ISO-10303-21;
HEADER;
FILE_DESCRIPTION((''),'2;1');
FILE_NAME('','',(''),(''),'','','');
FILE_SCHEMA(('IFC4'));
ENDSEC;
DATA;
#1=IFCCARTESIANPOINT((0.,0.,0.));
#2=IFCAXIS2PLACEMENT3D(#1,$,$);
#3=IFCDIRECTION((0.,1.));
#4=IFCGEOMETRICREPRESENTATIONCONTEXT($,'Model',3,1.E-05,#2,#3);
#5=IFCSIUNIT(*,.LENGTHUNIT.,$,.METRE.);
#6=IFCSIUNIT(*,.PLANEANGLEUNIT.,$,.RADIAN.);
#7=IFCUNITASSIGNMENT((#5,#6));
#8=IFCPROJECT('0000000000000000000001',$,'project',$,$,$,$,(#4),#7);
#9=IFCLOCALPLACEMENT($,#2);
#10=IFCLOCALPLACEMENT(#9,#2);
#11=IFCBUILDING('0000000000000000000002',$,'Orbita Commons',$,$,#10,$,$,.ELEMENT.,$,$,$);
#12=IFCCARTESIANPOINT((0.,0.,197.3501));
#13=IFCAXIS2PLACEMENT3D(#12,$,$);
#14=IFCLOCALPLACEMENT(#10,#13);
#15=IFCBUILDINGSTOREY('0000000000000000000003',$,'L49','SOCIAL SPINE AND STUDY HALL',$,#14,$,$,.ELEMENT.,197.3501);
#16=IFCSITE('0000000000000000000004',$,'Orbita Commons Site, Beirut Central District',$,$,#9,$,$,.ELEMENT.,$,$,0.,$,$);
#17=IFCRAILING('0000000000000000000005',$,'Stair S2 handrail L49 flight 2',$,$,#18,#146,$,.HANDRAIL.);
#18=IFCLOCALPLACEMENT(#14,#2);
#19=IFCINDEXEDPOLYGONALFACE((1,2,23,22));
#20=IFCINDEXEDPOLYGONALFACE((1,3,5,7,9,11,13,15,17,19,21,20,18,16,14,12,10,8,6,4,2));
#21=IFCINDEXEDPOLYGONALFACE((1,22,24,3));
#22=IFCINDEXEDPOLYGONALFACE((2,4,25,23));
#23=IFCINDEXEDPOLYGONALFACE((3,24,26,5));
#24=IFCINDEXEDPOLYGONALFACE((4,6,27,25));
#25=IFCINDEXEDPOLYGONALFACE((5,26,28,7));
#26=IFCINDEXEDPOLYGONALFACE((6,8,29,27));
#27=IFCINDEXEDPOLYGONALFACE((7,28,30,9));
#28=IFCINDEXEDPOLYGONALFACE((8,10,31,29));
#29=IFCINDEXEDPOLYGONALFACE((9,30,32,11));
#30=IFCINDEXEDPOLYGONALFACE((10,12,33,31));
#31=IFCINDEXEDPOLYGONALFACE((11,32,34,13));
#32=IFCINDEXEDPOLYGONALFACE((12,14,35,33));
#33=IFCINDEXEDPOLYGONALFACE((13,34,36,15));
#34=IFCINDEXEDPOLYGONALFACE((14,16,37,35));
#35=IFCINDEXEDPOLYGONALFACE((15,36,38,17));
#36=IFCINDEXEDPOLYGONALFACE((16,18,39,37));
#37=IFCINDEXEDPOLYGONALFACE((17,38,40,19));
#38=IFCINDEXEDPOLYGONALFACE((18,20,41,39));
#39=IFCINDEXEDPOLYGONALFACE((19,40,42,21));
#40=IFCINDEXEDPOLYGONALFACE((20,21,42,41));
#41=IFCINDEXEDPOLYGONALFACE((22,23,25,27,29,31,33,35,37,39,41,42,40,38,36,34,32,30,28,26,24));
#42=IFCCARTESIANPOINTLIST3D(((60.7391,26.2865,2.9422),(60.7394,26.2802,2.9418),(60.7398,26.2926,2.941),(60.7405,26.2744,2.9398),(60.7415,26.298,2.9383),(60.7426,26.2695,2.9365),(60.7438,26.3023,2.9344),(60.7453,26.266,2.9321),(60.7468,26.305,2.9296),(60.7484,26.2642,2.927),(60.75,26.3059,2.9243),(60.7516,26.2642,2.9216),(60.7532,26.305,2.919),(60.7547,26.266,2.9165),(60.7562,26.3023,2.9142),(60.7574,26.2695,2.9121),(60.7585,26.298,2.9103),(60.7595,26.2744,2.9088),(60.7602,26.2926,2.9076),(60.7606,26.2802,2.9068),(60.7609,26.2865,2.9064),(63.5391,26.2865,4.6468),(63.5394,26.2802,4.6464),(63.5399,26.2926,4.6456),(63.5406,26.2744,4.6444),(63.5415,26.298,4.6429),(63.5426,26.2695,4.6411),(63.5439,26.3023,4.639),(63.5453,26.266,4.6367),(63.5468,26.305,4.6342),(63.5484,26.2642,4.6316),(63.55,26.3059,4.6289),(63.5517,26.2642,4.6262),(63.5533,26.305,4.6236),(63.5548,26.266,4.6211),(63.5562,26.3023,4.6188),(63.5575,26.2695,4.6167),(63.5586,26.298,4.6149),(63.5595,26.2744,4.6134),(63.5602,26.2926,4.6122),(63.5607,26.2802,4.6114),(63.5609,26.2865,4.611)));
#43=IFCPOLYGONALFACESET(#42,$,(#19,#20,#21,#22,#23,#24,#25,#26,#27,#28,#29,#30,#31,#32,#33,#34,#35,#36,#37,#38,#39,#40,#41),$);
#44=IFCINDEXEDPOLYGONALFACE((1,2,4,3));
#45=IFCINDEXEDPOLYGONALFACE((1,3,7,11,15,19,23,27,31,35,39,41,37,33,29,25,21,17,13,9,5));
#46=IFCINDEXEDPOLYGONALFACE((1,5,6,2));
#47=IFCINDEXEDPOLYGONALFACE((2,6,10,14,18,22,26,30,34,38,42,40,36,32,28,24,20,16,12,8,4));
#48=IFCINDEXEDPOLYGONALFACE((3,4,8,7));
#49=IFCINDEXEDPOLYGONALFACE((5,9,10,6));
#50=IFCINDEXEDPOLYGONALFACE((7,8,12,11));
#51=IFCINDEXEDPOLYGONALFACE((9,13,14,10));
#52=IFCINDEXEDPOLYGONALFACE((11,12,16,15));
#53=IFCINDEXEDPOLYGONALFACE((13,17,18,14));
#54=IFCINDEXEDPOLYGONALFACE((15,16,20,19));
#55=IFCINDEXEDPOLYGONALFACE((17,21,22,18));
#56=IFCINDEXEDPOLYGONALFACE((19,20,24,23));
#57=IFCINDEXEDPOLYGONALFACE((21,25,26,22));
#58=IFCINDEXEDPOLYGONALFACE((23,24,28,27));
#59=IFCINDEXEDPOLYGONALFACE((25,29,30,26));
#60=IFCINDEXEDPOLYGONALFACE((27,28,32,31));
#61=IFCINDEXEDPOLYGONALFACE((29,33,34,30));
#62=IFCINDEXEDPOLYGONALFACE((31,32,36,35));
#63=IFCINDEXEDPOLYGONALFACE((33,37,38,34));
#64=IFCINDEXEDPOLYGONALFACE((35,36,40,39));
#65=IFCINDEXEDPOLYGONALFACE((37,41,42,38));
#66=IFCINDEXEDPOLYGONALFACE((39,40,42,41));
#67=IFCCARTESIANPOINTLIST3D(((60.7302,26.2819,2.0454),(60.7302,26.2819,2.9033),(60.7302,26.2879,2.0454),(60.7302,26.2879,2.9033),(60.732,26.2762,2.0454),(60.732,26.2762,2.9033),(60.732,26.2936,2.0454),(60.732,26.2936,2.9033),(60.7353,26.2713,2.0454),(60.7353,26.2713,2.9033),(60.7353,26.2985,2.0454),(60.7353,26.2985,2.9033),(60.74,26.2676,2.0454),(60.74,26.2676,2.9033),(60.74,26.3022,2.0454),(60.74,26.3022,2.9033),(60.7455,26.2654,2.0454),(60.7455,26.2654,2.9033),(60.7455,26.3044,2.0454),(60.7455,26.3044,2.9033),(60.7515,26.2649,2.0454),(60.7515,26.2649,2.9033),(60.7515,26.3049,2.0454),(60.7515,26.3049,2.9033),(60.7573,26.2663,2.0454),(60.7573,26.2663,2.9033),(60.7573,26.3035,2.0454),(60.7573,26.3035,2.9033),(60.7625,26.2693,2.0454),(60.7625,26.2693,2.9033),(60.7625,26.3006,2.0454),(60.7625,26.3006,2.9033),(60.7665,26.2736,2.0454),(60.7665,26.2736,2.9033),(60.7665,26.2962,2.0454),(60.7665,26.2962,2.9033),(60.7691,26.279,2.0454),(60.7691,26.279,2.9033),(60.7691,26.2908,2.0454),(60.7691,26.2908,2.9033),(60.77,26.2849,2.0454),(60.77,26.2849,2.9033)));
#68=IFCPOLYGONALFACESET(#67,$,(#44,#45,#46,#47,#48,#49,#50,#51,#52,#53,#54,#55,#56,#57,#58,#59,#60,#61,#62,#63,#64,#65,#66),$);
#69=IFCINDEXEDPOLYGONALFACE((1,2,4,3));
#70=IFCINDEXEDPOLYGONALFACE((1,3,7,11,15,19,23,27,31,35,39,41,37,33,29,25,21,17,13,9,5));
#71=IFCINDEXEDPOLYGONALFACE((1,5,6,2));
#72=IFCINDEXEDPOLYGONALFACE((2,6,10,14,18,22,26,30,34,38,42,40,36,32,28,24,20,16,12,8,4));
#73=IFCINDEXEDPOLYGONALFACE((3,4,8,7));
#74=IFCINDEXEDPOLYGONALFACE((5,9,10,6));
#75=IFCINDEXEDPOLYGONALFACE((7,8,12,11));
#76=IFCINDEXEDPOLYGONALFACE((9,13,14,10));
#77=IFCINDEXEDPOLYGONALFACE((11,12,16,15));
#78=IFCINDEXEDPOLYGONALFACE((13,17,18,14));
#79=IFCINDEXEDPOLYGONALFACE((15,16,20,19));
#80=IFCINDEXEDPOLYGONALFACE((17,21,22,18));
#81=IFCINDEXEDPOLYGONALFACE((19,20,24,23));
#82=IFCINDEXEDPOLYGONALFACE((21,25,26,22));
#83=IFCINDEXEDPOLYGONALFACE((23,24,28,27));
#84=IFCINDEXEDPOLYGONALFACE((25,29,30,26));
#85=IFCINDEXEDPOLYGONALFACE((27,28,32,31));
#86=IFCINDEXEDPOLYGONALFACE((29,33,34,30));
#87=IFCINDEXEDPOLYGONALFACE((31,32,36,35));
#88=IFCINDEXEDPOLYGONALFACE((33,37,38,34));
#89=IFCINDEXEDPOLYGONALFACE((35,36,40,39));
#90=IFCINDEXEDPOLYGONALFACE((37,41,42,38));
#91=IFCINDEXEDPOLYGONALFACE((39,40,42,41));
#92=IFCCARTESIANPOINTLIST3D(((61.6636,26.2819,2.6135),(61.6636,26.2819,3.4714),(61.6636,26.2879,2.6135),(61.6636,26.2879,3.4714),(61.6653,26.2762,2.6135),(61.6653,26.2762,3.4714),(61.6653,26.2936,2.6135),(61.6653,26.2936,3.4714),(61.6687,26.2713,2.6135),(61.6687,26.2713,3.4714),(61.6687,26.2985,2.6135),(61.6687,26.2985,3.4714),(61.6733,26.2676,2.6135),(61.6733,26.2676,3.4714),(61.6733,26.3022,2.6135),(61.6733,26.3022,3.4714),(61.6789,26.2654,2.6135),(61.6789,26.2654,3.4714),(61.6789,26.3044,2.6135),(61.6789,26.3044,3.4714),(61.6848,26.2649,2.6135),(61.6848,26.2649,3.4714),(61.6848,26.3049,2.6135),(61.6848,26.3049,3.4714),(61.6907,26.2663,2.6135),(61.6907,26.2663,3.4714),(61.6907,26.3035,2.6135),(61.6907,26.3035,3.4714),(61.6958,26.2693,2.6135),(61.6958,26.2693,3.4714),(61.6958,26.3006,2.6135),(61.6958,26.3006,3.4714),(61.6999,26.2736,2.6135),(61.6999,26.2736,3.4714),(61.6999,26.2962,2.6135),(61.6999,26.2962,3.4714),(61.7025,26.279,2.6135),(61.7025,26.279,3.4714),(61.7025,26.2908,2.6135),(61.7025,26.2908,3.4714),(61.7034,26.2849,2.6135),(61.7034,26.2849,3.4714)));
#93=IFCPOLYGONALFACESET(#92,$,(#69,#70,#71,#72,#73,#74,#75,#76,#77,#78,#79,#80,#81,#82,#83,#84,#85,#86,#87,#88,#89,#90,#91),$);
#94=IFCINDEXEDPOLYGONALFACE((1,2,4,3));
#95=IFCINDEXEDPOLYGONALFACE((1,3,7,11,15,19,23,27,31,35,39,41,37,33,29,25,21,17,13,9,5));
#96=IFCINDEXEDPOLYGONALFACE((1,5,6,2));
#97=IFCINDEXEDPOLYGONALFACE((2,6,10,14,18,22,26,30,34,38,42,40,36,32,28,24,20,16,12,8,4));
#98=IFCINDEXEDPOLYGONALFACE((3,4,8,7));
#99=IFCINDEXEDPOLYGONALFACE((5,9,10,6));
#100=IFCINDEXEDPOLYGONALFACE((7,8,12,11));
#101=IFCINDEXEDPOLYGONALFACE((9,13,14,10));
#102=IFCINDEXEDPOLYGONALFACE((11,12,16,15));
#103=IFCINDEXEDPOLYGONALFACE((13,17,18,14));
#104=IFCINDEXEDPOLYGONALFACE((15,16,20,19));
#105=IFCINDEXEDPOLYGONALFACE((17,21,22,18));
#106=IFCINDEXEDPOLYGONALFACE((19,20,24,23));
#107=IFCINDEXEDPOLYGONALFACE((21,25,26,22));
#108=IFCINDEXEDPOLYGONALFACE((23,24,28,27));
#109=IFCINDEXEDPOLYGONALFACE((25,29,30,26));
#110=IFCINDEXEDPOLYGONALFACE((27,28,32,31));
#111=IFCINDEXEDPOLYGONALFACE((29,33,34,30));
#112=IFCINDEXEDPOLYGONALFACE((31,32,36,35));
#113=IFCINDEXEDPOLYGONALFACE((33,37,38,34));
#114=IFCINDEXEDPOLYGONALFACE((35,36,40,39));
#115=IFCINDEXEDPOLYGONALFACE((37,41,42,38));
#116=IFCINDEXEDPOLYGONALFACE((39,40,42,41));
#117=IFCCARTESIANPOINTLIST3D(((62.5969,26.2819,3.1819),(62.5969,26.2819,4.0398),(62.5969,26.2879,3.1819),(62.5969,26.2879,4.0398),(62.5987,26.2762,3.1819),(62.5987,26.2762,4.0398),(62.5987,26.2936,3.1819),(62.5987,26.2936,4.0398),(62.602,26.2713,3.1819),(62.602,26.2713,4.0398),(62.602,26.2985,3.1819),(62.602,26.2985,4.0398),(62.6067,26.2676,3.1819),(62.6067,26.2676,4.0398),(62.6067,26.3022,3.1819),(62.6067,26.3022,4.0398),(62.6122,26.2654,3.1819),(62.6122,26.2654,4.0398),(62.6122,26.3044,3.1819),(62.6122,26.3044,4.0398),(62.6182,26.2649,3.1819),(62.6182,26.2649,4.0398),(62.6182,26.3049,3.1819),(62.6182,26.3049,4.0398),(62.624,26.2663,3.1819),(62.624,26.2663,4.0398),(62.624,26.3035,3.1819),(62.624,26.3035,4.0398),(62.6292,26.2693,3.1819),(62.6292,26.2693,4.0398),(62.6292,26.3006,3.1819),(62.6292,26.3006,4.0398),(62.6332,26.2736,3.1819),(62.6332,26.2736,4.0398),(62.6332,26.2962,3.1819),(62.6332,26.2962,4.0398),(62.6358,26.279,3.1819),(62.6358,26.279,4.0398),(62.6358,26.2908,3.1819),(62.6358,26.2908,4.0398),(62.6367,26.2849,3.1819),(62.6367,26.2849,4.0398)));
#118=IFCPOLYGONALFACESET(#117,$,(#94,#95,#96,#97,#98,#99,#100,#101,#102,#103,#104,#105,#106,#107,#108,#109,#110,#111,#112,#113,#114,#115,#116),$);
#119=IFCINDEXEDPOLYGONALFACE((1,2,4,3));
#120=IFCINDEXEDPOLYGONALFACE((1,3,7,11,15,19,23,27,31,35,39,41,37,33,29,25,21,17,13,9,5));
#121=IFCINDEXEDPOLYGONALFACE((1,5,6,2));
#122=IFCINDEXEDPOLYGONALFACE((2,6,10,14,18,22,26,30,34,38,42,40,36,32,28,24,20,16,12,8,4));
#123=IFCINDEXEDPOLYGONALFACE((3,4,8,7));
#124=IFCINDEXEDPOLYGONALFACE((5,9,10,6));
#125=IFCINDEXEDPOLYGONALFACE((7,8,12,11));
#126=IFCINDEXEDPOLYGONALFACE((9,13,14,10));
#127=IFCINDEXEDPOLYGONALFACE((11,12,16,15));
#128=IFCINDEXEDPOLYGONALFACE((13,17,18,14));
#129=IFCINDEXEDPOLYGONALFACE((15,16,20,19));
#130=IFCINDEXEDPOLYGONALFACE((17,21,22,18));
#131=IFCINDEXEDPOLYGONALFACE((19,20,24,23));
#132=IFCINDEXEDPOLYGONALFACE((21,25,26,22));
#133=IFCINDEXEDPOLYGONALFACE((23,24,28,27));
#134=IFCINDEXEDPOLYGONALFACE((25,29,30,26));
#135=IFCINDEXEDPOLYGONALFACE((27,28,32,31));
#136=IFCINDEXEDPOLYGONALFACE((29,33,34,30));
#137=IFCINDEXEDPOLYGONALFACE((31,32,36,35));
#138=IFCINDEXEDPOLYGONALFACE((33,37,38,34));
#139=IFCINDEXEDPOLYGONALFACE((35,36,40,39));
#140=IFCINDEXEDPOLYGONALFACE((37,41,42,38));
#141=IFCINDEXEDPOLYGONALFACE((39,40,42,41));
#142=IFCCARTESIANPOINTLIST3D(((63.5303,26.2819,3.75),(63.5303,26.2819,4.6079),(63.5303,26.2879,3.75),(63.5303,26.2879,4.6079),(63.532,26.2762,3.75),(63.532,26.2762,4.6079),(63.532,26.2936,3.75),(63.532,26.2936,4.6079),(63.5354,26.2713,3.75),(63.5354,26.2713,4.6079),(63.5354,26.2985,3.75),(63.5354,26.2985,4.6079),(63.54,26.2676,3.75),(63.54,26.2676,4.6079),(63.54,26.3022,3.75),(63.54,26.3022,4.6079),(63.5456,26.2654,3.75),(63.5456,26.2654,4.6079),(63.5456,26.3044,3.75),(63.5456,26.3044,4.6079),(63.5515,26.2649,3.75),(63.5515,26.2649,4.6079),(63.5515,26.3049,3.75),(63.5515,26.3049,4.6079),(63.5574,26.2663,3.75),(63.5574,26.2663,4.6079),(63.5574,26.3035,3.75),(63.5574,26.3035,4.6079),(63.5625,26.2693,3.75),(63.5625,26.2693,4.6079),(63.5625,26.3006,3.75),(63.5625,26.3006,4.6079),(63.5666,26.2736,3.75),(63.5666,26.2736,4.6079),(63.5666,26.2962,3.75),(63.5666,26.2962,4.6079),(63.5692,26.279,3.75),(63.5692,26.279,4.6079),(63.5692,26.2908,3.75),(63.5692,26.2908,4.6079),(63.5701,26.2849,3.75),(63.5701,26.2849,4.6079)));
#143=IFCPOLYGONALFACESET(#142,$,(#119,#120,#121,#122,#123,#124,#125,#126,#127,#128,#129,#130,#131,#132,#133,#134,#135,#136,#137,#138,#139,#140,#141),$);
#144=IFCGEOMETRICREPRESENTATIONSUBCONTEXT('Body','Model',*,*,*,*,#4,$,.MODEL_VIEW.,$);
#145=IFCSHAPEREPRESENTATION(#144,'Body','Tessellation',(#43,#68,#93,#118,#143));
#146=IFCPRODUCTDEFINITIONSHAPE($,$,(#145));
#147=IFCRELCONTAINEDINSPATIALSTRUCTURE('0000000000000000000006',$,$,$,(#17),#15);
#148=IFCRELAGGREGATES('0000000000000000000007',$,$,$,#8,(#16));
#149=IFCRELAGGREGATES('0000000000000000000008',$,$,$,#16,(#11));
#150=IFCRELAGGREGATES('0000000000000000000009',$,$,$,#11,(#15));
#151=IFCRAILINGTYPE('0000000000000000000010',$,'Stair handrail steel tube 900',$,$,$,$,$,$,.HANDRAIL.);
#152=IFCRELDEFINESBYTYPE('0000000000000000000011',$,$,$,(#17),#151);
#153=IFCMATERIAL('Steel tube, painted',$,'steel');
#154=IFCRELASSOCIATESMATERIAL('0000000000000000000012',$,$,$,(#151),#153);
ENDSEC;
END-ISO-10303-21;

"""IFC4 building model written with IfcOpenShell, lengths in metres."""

from ifc_helpers import new_model, si_unit, direction, frame, origin, origin_2d, place, context, subcontext, project, spatial, circle, extrude, material, type_object, element, save


model = new_model("IFC4")

# Units and contexts
model_context = context("Model", 3, precision=1e-05, world=origin(), true_north=direction((0.0, 1.0)))
body_context = subcontext(model_context, "Body", "Model", "MODEL_VIEW")
ifc_project = project(units=[si_unit("LENGTHUNIT", "METRE"), si_unit("PLANEANGLEUNIT", "RADIAN")], contexts=[model_context])

# Site, building, storey
site_placement = place(None, origin())
site = spatial("IfcSite", under=ifc_project, at=site_placement, Name="Orbita Commons Site, Beirut Central District", CompositionType="ELEMENT", RefElevation=0.0)
building_placement = place(site_placement, origin())
building = spatial("IfcBuilding", under=site, at=building_placement, Name="Orbita Commons", CompositionType="ELEMENT")
storey_placement = place(building_placement, frame((0.0, 0.0, 197.3501)))
storey = spatial("IfcBuildingStorey", under=building, at=storey_placement, Name="L49", Description="SOCIAL SPINE AND STUDY HALL", CompositionType="ELEMENT", Elevation=197.3501)

# Railing
ifc_material_1 = material(Name="Steel tube, painted", Category="steel")
railing_type = type_object("IfcRailingType", Name="Stair handrail steel tube 900", PredefinedType="HANDRAIL", material=ifc_material_1)
for number, where, name in (
    (1, (60.75, 26.2849, 2.0454), "Stair S2 handrail L49 flight 2"),
):
    element("IfcRailing", number, at=place(storey_placement, frame(where)), inside=storey, type_object=railing_type, Name=name, PredefinedType="HANDRAIL", context=body_context, shape_type="SweptSolid", body=[
        extrude(circle(Radius=0.021, at=origin_2d()), frame((0.0, 0.0, 0.8789), z_axis=(0.85417, 0.0, 0.519994), x_axis=(0.0, 1.0, 0.0)), (0.0, 0.0, 1.0), 3.2781),
        extrude(circle(Radius=0.02, at=origin_2d()), origin(), (0.0, 0.0, 1.0), 0.8579),
        extrude(circle(Radius=0.02, at=origin_2d()), frame((0.9333, 0.0, 0.5681)), (0.0, 0.0, 1.0), 0.8579),
        extrude(circle(Radius=0.02, at=origin_2d()), frame((1.8667, 0.0, 1.1365)), (0.0, 0.0, 1.0), 0.8579),
        extrude(circle(Radius=0.02, at=origin_2d()), frame((2.8, 0.0, 1.7046)), (0.0, 0.0, 1.0), 0.8579),
    ])

save(model, "model.ifc")
